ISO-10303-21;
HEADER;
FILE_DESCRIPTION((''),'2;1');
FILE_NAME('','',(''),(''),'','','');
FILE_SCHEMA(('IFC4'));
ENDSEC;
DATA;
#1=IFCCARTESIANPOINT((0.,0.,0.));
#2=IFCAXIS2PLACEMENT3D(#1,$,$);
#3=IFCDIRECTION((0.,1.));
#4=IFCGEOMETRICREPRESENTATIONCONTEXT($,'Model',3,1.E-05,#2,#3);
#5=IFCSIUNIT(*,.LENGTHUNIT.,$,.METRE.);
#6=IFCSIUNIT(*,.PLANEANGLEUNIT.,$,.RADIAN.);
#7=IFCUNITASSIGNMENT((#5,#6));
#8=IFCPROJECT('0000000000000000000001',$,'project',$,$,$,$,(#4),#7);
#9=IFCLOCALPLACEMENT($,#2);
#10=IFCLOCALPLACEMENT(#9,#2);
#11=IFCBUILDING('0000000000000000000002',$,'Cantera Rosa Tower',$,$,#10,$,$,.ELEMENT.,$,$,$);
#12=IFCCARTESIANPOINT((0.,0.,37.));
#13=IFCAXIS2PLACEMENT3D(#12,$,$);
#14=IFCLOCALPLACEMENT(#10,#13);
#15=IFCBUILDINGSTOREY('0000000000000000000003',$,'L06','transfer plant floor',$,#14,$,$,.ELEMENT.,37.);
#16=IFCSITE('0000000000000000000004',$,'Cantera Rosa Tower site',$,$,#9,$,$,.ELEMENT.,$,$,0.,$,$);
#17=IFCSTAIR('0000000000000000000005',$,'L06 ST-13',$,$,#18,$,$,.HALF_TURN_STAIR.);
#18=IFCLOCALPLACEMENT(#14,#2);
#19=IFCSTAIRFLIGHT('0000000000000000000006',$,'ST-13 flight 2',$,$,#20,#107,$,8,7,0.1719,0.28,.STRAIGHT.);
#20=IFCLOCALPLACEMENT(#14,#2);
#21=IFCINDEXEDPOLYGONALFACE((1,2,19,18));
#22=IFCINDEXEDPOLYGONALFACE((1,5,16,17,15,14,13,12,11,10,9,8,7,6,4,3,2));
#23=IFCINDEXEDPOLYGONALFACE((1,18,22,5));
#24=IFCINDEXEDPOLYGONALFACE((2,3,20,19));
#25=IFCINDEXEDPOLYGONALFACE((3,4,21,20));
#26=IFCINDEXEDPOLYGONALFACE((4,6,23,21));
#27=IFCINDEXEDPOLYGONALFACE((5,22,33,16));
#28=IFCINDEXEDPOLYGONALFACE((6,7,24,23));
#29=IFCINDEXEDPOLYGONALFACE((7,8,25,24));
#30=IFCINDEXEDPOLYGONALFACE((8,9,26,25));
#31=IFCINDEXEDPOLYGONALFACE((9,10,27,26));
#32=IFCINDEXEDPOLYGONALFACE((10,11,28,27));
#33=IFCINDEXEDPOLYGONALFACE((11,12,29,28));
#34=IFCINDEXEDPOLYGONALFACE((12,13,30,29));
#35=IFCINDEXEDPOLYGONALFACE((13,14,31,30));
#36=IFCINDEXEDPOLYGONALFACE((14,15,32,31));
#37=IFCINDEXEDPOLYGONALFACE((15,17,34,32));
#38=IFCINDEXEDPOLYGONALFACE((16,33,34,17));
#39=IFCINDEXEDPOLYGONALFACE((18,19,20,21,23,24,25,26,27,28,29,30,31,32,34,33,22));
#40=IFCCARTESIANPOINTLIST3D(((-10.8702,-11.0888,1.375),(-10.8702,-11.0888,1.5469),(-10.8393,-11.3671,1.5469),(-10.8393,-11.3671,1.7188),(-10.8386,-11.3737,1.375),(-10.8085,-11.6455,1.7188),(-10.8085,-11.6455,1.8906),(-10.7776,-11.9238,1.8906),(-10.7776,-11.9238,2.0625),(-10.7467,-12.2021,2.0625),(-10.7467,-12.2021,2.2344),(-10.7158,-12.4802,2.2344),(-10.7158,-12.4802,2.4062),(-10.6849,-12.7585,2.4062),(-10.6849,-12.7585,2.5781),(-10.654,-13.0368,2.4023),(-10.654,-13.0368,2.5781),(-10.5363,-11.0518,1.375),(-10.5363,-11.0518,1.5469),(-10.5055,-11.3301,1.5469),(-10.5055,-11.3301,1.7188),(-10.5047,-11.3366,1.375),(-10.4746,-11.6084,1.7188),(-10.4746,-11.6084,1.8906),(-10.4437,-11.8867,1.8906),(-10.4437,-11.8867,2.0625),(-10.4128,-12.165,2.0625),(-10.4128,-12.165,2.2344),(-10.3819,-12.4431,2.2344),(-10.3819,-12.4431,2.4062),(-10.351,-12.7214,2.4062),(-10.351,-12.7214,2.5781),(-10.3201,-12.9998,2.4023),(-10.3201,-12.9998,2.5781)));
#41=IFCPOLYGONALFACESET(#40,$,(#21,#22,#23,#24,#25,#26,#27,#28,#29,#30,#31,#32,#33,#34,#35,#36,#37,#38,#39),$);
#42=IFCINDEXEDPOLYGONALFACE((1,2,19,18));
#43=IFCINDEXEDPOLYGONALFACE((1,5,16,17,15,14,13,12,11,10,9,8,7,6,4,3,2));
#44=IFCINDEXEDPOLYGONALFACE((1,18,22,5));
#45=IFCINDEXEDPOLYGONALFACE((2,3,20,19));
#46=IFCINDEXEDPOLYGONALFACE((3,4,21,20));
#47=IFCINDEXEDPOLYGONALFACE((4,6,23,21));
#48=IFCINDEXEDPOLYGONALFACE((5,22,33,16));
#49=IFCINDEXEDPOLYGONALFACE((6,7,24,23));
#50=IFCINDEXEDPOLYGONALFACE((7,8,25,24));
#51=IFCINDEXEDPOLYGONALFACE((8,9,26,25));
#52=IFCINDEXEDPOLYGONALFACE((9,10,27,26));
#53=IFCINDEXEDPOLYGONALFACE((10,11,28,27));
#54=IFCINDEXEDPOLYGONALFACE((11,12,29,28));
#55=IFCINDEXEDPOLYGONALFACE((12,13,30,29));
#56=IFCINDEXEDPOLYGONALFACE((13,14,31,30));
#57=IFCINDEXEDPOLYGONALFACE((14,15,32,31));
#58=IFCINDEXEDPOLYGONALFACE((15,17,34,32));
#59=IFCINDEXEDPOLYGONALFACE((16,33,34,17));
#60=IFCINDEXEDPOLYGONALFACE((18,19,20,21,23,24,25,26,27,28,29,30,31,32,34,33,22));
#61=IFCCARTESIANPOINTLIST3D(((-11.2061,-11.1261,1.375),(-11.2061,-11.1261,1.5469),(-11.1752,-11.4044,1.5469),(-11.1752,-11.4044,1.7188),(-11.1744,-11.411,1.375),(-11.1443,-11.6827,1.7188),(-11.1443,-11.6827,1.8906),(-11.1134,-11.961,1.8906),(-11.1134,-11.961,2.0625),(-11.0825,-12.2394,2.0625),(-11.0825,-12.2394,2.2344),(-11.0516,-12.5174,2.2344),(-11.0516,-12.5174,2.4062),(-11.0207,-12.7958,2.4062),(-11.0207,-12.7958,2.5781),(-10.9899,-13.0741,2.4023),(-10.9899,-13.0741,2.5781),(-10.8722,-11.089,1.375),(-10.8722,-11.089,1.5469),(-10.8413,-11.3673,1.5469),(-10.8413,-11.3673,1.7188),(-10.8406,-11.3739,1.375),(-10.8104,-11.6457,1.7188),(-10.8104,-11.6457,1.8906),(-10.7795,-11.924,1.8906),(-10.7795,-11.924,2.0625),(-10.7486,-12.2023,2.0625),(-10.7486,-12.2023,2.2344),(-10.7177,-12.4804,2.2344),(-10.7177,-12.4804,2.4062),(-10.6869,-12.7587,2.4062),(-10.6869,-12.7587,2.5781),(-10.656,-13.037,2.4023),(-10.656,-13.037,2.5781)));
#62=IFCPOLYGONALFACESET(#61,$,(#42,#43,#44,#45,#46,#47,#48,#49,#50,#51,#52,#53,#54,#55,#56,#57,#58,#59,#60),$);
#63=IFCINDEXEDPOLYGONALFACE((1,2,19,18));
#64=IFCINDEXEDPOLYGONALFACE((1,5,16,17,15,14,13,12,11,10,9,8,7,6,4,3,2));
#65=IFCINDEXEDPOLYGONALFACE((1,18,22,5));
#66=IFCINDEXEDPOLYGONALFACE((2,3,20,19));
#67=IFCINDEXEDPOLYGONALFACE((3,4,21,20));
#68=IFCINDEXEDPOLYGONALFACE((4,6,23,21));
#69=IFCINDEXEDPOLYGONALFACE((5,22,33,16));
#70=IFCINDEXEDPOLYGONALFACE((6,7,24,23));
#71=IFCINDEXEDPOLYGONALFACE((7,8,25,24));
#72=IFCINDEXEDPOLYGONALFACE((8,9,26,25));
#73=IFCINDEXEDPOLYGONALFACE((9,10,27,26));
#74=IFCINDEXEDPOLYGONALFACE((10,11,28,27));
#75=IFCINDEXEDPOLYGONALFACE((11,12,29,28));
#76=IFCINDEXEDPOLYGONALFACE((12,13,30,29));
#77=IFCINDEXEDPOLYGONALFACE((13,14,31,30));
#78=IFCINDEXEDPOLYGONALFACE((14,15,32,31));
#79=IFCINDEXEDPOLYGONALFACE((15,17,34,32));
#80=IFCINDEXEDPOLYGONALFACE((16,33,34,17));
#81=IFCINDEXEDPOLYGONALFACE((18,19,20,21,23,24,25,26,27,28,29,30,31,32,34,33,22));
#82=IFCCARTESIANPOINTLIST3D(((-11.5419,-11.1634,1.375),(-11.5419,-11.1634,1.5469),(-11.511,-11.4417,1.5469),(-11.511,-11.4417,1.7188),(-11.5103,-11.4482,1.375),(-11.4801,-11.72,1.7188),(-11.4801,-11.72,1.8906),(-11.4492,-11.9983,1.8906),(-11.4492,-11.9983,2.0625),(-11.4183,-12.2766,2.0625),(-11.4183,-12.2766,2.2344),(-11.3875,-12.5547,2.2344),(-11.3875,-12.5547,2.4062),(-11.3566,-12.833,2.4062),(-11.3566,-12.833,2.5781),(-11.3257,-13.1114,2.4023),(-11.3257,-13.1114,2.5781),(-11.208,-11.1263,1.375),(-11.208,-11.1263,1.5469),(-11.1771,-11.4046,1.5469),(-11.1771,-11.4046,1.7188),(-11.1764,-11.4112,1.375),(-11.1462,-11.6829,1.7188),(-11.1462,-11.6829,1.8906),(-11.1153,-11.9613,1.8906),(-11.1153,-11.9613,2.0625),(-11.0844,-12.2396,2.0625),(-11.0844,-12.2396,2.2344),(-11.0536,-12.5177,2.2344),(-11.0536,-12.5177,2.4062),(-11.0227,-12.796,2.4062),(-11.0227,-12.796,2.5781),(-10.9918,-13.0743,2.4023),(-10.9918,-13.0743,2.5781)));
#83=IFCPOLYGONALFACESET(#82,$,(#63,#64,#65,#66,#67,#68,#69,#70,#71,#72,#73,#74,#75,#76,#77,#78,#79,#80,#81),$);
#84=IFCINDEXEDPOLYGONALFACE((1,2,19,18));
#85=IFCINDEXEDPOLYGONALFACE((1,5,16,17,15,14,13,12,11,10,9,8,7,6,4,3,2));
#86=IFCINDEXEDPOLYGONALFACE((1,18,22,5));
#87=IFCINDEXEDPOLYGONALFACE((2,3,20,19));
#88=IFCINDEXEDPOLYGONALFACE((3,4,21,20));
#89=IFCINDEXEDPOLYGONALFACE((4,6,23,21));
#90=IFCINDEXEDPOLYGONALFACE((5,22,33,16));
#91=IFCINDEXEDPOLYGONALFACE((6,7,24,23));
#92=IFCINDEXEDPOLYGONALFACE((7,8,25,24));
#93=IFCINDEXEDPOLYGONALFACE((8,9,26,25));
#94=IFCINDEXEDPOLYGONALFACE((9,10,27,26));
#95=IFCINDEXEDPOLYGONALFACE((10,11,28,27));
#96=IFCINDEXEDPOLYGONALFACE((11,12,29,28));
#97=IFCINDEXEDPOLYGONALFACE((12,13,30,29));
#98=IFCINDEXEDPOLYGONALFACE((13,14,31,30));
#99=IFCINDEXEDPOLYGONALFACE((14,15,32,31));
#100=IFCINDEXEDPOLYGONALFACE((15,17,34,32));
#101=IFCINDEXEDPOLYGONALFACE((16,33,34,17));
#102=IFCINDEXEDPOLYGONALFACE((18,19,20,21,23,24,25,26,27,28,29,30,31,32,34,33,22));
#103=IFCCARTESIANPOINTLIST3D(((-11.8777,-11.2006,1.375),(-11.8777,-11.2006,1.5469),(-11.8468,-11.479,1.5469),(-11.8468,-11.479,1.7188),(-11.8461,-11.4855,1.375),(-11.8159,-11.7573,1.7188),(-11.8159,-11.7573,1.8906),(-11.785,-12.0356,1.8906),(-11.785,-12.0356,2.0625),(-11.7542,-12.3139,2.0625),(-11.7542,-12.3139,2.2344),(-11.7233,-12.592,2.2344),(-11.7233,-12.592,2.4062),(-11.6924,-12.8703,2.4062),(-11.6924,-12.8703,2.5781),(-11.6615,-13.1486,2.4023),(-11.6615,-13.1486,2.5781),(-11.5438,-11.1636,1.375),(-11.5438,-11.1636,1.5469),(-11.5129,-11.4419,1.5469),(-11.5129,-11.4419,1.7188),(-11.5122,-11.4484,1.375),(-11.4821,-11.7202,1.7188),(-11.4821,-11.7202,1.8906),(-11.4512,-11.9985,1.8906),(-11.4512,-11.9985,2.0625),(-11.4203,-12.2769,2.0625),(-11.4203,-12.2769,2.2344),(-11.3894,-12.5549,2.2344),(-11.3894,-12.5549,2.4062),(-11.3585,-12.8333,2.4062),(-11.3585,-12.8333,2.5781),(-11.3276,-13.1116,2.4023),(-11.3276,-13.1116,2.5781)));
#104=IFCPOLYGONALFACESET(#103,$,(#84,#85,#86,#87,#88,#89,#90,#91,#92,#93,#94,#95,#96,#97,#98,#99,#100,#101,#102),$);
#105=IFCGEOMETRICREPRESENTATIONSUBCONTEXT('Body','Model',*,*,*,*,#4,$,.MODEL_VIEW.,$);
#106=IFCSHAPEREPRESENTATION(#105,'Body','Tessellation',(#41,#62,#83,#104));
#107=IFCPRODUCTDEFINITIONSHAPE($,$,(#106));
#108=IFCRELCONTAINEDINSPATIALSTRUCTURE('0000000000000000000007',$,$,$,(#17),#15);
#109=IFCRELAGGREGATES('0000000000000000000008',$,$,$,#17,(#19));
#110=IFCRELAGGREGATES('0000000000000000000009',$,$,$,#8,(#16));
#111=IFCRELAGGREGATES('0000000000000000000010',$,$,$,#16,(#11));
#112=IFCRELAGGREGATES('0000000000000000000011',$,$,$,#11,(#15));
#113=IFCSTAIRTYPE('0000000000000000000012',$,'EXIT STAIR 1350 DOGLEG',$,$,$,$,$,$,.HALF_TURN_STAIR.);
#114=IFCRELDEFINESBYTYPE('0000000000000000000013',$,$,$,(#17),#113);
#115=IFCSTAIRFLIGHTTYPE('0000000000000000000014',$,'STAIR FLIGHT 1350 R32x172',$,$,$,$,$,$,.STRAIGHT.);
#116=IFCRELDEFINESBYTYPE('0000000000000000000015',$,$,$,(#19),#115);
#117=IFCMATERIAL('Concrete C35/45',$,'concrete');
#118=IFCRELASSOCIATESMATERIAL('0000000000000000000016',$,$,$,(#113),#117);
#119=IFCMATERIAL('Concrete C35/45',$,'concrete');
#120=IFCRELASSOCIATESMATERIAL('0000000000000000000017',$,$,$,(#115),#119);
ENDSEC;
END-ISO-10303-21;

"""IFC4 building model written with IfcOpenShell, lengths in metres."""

from ifc_helpers import new_model, si_unit, direction, frame, origin, place, context, subcontext, project, spatial, polyline, outline, extrude, material, type_object, element, aggregate, save


model = new_model("IFC4")

# Units and contexts
model_context = context("Model", 3, precision=1e-05, world=origin(), true_north=direction((0.0, 1.0)))
body_context = subcontext(model_context, "Body", "Model", "MODEL_VIEW")
ifc_project = project(units=[si_unit("LENGTHUNIT", "METRE"), si_unit("PLANEANGLEUNIT", "RADIAN")], contexts=[model_context])

# Site, building, storey
site_placement = place(None, origin())
site = spatial("IfcSite", under=ifc_project, at=site_placement, Name="Cantera Rosa Tower site", CompositionType="ELEMENT", RefElevation=0.0)
building_placement = place(site_placement, origin())
building = spatial("IfcBuilding", under=site, at=building_placement, Name="Cantera Rosa Tower", CompositionType="ELEMENT")
storey_placement = place(building_placement, frame((0.0, 0.0, 37.0)))
storey = spatial("IfcBuildingStorey", under=building, at=storey_placement, Name="L06", Description="transfer plant floor", CompositionType="ELEMENT", Elevation=37.0)

# Stair, stair flight
ifc_material_1 = material(Name="Concrete C35/45", Category="concrete")
stair_type = type_object("IfcStairType", Name="EXIT STAIR 1350 DOGLEG", PredefinedType="HALF_TURN_STAIR", material=ifc_material_1)
stair_placement = place(storey_placement, origin())
stair = element("IfcStair", 1, at=stair_placement, inside=storey, type_object=stair_type, Name="L06 ST-13", PredefinedType="HALF_TURN_STAIR")
ifc_material_2 = material(Name="Concrete C35/45", Category="concrete")
stair_flight_type = type_object("IfcStairFlightType", Name="STAIR FLIGHT 1350 R32x172", PredefinedType="STRAIGHT", material=ifc_material_2)
stair_flight_1_placement = place(storey_placement, frame((-11.2073, -11.1262, 1.375), z_axis=(0.0, 0.0, 1.0), x_axis=(0.110313, -0.993897, 0.0)))
stair_flight_1 = element("IfcStairFlight", 2, at=stair_flight_1_placement, type_object=stair_flight_type, Name="ST-13 flight 2", NumberOfRisers=8, NumberOfTreads=7, PredefinedType="STRAIGHT", RiserHeight=0.1719, TreadLength=0.28, context=body_context, shape_type="SweptSolid", body=[
    extrude(outline(polyline([(0.0, 0.0), (0.0, 0.1719), (0.28, 0.1719), (0.28, 0.3438), (0.5601, 0.3438), (0.5601, 0.5156), (0.8401, 0.5156), (0.8401, 0.6875), (1.1201, 0.6875), (1.1201, 0.8594), (1.3999, 0.8594), (1.3999, 1.0312), (1.6799, 1.0312), (1.6799, 1.2031), (1.96, 1.2031), (1.96, 1.375), (1.96, 1.0273), (0.2866, 0.0), (0.0, 0.0)])), frame((0.0, 0.675, 0.0), z_axis=(0.0, -1.0, 0.0), x_axis=(1.0, 0.0, 0.0)), (0.0, 0.0, 1.0), 0.3359),
    extrude(outline(polyline([(0.0, 0.0), (0.0, 0.1719), (0.28, 0.1719), (0.28, 0.3438), (0.5601, 0.3438), (0.5601, 0.5156), (0.8401, 0.5156), (0.8401, 0.6875), (1.1201, 0.6875), (1.1201, 0.8594), (1.3999, 0.8594), (1.3999, 1.0312), (1.6799, 1.0312), (1.6799, 1.2031), (1.96, 1.2031), (1.96, 1.375), (1.96, 1.0273), (0.2866, 0.0), (0.0, 0.0)])), frame((0.0, 0.3372, 0.0), z_axis=(0.0, -1.0, 0.0), x_axis=(1.0, 0.0, 0.0)), (0.0, 0.0, 1.0), 0.3359),
    extrude(outline(polyline([(0.0, 0.0), (0.0, 0.1719), (0.28, 0.1719), (0.28, 0.3438), (0.5601, 0.3438), (0.5601, 0.5156), (0.8401, 0.5156), (0.8401, 0.6875), (1.1201, 0.6875), (1.1201, 0.8594), (1.3999, 0.8594), (1.3999, 1.0312), (1.6799, 1.0312), (1.6799, 1.2031), (1.96, 1.2031), (1.96, 1.375), (1.96, 1.0273), (0.2866, 0.0), (0.0, 0.0)])), frame((0.0, -0.0007, 0.0), z_axis=(0.0, -1.0, 0.0), x_axis=(1.0, 0.0, 0.0)), (0.0, 0.0, 1.0), 0.3359),
    extrude(outline(polyline([(0.0, 0.0), (0.0, 0.1719), (0.28, 0.1719), (0.28, 0.3438), (0.5601, 0.3438), (0.5601, 0.5156), (0.8401, 0.5156), (0.8401, 0.6875), (1.1201, 0.6875), (1.1201, 0.8594), (1.3999, 0.8594), (1.3999, 1.0312), (1.6799, 1.0312), (1.6799, 1.2031), (1.96, 1.2031), (1.96, 1.375), (1.96, 1.0273), (0.2866, 0.0), (0.0, 0.0)])), frame((0.0, -0.3386, 0.0), z_axis=(0.0, -1.0, 0.0), x_axis=(1.0, 0.0, 0.0)), (0.0, 0.0, 1.0), 0.3359),
])
aggregate(stair, [stair_flight_1])

save(model, "model.ifc")
